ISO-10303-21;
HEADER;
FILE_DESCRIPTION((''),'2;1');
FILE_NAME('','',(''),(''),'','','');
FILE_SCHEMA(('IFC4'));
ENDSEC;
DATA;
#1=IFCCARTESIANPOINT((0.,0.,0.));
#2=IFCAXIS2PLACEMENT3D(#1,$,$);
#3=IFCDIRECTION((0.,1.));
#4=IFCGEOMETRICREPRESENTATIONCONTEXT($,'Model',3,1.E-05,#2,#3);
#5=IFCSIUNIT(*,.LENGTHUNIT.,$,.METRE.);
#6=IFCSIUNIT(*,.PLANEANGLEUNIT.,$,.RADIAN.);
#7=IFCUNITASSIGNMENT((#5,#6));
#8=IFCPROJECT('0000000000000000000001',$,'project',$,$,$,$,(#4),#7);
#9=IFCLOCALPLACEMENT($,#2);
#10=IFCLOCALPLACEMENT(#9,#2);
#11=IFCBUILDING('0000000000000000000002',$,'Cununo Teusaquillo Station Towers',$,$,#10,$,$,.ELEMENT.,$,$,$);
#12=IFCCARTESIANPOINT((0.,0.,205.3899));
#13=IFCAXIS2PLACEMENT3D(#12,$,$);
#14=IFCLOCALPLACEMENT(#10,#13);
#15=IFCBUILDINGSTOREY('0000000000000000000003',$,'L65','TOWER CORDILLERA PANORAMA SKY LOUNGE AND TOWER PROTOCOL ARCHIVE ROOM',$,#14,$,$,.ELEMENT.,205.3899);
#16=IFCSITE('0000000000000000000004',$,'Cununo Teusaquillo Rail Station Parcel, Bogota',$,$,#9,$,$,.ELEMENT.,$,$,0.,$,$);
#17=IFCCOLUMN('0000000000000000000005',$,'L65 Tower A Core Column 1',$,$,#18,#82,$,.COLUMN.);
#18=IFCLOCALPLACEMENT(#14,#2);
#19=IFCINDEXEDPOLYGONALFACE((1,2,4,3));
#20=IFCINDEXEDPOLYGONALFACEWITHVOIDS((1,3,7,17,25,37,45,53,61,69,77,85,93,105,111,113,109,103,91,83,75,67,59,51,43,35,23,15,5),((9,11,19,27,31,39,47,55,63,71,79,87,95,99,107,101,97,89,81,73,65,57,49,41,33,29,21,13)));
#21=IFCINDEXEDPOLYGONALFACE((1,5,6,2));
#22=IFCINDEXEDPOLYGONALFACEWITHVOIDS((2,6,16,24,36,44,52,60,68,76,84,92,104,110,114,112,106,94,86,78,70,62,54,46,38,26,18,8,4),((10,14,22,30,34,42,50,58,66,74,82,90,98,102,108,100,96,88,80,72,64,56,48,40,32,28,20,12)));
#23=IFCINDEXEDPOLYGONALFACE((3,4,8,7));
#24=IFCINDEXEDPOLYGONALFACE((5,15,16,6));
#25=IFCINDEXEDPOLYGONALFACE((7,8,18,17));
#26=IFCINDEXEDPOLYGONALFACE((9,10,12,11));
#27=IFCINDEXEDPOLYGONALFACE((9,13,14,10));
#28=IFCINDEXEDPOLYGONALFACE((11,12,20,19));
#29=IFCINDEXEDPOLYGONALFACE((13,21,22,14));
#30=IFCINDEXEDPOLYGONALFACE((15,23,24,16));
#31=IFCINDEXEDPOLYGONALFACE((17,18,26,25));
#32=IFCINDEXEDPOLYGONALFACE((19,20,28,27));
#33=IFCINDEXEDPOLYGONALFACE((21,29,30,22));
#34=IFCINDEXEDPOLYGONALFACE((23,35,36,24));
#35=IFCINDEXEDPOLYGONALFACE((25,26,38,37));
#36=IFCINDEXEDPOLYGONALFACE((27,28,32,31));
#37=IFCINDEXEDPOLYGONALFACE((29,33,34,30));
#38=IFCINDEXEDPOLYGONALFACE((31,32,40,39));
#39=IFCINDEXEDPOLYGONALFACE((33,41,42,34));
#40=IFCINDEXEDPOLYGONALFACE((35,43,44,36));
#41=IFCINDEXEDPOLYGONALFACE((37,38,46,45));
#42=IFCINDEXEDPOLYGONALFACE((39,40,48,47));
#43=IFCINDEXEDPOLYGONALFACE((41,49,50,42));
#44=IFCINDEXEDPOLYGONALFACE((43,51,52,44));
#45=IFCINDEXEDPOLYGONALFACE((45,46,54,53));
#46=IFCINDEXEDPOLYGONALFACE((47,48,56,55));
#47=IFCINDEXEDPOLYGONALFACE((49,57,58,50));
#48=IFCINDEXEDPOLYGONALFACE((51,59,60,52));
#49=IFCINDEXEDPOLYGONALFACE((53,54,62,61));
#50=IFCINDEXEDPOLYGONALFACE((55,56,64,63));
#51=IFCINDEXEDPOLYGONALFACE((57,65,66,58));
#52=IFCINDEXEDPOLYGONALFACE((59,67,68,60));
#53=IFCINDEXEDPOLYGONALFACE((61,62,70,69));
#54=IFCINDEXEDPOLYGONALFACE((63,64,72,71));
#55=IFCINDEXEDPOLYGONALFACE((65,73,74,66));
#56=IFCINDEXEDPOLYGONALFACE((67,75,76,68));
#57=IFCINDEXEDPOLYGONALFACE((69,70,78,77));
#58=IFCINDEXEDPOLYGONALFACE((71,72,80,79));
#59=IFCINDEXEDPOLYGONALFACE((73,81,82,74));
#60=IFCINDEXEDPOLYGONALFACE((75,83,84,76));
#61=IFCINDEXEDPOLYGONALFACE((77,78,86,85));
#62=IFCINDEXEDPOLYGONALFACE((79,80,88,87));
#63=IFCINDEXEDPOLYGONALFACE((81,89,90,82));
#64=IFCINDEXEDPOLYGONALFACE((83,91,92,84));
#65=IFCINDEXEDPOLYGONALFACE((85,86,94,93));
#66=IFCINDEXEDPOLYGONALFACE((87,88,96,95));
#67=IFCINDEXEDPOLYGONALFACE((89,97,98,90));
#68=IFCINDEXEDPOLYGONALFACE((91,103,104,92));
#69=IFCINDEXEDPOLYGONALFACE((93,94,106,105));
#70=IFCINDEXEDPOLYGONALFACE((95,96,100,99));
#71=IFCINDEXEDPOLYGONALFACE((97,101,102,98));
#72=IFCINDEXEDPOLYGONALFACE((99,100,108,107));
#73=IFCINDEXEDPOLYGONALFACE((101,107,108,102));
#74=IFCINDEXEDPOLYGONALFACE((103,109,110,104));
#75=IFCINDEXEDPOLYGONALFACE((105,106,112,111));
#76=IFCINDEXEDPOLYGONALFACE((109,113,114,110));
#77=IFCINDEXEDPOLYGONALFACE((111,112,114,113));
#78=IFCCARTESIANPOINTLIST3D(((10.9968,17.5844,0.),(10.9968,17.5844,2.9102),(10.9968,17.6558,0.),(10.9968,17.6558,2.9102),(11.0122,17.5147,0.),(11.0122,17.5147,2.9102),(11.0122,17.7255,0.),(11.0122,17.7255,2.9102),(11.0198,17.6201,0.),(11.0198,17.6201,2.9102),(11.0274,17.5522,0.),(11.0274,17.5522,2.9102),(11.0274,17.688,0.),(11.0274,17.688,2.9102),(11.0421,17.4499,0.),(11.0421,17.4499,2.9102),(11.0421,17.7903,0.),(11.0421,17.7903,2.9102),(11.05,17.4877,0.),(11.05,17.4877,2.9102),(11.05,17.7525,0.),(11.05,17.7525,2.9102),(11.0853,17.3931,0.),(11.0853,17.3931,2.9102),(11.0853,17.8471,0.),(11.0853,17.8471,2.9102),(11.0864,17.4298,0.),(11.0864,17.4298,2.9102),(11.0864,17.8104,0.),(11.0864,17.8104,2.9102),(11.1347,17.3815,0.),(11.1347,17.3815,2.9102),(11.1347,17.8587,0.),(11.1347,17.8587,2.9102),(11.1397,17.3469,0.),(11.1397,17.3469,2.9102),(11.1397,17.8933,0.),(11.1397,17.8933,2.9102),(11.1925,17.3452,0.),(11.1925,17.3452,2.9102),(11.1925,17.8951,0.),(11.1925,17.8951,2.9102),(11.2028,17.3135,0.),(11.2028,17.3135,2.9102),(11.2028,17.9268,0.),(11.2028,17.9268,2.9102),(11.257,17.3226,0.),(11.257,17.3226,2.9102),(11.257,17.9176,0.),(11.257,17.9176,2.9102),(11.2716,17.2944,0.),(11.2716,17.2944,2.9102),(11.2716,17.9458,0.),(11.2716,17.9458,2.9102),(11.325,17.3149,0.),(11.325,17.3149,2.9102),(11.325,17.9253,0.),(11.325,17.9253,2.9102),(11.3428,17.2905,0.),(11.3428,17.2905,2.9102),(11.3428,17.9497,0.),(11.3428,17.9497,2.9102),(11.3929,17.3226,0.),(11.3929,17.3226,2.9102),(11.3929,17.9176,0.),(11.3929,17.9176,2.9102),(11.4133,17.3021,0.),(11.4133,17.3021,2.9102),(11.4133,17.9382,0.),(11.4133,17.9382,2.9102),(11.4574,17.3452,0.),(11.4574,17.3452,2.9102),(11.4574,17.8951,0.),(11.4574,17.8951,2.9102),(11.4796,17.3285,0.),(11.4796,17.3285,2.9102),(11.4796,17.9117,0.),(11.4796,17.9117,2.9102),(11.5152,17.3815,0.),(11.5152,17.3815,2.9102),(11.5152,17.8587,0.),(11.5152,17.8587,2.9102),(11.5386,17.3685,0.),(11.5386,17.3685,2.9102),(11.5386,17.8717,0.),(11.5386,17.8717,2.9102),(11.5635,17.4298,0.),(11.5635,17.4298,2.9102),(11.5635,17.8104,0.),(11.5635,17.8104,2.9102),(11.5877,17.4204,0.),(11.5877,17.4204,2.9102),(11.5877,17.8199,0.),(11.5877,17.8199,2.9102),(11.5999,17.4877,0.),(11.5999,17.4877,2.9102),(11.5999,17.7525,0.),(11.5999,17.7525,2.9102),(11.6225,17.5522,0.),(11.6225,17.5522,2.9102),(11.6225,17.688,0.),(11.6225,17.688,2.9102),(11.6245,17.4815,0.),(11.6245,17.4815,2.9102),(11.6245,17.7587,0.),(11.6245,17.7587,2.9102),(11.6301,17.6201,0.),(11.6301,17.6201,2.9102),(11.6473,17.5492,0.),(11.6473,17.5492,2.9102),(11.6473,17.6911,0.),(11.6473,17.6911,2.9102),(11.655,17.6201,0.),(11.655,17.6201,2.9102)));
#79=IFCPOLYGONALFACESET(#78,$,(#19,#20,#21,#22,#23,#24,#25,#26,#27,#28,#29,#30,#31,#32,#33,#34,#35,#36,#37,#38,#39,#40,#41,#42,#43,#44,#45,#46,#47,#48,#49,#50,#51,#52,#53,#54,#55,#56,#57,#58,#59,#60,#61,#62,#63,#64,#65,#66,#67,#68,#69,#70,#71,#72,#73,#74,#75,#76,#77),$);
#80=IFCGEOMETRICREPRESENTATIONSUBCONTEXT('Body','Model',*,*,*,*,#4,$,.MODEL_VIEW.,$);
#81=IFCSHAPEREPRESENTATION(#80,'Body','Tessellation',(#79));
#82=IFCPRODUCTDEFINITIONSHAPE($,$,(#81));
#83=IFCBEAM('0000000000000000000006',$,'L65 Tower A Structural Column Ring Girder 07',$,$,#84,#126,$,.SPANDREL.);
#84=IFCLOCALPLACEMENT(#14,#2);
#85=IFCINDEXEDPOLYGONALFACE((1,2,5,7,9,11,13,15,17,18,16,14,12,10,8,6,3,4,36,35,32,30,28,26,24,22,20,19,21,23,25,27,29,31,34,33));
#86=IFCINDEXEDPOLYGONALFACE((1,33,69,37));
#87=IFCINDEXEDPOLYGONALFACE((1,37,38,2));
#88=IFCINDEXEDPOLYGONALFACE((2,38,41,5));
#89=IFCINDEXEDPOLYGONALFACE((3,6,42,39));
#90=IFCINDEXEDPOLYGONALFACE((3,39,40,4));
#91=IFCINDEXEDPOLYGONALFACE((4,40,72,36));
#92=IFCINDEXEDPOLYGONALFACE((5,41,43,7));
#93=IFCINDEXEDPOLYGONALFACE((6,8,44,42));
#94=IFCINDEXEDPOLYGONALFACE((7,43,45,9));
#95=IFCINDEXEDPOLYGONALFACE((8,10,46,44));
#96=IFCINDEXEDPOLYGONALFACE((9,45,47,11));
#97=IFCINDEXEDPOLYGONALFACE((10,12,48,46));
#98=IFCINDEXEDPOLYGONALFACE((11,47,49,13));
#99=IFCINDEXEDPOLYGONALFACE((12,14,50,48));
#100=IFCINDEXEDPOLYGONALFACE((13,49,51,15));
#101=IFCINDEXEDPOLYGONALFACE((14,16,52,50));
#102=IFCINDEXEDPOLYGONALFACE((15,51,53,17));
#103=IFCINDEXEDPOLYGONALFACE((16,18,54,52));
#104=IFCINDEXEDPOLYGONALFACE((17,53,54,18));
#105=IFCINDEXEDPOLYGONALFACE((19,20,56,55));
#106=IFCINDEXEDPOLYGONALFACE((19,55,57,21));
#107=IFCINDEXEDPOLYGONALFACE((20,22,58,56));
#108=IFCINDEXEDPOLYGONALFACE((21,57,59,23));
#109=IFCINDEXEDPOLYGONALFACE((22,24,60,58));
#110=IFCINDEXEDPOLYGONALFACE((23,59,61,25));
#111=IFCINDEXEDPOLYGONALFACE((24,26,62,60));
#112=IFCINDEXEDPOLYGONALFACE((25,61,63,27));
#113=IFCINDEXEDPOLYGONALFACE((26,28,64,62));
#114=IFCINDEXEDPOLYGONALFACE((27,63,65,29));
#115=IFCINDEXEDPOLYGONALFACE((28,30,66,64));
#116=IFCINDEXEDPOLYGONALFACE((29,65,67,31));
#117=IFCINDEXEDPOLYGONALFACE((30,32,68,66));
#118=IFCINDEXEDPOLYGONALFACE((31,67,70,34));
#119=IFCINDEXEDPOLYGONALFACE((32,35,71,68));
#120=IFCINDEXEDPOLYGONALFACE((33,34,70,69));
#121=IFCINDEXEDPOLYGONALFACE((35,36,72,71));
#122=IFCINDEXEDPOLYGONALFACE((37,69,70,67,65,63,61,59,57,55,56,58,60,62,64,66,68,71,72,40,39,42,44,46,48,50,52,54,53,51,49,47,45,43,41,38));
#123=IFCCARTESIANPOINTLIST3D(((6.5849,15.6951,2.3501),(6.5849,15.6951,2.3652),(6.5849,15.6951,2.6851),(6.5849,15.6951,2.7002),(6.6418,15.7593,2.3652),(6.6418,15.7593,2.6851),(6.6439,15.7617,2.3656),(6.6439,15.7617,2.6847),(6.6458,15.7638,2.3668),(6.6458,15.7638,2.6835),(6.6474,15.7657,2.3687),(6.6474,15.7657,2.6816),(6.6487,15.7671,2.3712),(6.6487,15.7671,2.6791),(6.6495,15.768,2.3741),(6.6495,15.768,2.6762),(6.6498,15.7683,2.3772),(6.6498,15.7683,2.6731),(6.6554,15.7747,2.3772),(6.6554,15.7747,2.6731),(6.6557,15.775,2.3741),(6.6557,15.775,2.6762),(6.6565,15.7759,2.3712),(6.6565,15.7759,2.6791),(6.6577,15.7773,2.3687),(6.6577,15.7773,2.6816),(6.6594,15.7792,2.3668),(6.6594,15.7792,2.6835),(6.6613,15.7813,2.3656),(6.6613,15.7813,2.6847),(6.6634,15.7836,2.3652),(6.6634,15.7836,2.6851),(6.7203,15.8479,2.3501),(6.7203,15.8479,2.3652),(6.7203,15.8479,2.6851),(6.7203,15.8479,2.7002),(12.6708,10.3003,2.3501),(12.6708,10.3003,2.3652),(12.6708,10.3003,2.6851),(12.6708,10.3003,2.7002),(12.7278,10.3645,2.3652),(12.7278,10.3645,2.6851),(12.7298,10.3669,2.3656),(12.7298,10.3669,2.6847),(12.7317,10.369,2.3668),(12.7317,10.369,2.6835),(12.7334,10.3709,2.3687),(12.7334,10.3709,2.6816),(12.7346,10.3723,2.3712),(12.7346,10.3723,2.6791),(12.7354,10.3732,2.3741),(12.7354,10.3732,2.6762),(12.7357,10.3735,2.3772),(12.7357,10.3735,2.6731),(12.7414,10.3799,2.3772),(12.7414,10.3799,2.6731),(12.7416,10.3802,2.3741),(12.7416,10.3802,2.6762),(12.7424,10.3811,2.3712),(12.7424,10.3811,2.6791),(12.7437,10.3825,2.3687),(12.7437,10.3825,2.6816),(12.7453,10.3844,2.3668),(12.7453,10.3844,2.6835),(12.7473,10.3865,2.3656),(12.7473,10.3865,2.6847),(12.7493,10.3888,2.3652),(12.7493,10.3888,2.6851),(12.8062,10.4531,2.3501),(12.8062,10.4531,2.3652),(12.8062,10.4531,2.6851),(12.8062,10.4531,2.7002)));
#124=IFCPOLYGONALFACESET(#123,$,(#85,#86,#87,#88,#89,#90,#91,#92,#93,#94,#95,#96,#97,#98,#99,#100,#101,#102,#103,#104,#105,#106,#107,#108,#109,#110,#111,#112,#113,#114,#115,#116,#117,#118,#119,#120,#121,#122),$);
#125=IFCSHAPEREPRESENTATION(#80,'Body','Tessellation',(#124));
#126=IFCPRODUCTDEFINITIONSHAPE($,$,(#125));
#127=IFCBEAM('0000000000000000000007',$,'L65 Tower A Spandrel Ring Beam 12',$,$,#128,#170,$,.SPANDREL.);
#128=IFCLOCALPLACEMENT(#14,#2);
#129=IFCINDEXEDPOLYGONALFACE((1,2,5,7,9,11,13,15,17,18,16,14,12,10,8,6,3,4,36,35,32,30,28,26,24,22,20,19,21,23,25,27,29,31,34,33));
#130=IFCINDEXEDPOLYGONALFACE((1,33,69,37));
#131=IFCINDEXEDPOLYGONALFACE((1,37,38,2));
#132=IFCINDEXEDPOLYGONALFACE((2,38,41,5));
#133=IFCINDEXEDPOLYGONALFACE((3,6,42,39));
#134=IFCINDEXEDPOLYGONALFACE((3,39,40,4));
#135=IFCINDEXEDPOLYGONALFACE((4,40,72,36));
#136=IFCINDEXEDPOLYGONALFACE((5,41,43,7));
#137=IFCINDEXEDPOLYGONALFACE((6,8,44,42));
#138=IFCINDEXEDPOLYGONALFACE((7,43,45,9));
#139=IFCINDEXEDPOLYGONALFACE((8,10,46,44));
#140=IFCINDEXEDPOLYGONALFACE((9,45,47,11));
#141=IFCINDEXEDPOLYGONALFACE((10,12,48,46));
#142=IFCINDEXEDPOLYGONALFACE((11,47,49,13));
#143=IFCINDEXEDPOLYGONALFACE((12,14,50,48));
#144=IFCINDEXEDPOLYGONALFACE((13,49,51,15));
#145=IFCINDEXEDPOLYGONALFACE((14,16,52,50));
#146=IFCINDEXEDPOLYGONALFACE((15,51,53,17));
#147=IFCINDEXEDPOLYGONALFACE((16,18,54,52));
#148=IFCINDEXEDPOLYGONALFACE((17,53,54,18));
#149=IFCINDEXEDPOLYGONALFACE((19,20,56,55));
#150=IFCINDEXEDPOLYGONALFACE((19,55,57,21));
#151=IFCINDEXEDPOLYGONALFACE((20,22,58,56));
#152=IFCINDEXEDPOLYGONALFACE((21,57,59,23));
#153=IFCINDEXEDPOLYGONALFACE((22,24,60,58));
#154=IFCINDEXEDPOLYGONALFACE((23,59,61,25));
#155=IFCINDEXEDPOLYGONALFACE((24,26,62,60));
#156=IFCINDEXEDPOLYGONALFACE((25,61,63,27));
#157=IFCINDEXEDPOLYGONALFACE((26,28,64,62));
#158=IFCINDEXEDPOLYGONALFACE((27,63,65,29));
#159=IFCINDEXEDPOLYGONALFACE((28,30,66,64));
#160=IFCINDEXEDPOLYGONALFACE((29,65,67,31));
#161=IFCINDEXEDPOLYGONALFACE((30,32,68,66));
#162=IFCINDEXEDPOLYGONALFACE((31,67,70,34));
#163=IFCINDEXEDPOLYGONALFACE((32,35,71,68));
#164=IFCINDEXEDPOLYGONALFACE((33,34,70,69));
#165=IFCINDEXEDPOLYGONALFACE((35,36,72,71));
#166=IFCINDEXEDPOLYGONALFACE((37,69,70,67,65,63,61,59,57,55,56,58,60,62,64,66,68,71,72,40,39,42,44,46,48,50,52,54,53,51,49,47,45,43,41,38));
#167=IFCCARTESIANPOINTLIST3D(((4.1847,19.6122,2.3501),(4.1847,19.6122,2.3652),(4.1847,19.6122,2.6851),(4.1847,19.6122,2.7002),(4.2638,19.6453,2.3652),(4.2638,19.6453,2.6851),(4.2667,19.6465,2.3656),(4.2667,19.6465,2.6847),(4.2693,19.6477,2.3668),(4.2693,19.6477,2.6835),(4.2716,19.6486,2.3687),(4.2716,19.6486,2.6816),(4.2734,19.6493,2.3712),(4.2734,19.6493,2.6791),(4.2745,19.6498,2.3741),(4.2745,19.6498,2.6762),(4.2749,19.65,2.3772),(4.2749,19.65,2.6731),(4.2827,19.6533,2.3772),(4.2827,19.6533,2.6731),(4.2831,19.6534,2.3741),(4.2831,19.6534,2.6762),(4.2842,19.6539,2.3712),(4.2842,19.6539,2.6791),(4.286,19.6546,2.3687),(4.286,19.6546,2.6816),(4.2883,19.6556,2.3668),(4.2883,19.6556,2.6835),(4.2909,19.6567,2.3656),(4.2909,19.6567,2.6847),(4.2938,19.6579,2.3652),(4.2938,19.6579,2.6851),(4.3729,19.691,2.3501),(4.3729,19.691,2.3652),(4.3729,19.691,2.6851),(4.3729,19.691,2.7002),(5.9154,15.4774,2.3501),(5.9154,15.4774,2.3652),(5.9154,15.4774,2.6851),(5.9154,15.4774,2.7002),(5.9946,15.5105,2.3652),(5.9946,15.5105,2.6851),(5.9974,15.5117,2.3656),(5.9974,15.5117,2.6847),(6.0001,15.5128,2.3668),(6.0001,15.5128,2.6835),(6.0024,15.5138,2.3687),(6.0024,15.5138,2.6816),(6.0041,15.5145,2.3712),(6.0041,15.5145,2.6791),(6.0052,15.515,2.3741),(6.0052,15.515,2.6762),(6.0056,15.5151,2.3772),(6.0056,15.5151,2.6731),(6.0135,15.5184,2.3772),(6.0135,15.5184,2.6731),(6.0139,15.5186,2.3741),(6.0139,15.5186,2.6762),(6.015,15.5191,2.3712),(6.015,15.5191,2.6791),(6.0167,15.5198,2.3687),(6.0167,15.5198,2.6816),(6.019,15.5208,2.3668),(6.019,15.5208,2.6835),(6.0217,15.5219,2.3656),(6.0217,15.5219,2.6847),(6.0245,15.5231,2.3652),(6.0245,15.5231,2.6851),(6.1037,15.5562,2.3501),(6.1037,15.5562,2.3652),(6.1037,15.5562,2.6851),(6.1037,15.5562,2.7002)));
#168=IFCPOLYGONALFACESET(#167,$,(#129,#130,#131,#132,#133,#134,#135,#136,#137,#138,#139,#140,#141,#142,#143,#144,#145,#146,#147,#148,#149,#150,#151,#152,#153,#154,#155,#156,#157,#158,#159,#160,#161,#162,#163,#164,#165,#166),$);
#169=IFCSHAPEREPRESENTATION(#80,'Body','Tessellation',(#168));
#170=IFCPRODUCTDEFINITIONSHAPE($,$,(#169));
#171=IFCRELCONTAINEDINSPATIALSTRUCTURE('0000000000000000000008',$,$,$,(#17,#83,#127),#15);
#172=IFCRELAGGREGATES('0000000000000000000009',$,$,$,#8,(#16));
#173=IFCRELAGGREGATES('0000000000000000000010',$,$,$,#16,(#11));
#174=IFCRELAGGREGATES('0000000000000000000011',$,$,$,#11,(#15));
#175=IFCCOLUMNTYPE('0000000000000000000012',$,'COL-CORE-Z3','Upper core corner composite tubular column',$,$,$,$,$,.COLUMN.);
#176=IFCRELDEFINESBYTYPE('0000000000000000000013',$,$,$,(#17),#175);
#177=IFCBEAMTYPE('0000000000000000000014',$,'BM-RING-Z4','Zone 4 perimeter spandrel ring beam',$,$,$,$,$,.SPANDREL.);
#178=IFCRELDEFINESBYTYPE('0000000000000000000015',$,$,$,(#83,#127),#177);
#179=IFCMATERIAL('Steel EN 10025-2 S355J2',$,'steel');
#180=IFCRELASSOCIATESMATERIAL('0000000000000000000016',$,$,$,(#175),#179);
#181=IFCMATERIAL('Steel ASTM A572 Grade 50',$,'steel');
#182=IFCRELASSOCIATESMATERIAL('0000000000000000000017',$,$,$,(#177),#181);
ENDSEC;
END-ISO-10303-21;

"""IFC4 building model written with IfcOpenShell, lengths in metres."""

from ifc_helpers import new_model, si_unit, direction, frame, origin, origin_2d, place, context, subcontext, project, spatial, hollow_circle, i_section, extrude, material, material_profile, profile_set, type_object, element, save


model = new_model("IFC4")

# Units and contexts
model_context = context("Model", 3, precision=1e-05, world=origin(), true_north=direction((0.0, 1.0)))
body_context = subcontext(model_context, "Body", "Model", "MODEL_VIEW")
ifc_project = project(units=[si_unit("LENGTHUNIT", "METRE"), si_unit("PLANEANGLEUNIT", "RADIAN")], contexts=[model_context])

# Site, building, storey
site_placement = place(None, origin())
site = spatial("IfcSite", under=ifc_project, at=site_placement, Name="Cununo Teusaquillo Rail Station Parcel, Bogota", CompositionType="ELEMENT", RefElevation=0.0)
building_placement = place(site_placement, origin())
building = spatial("IfcBuilding", under=site, at=building_placement, Name="Cununo Teusaquillo Station Towers", CompositionType="ELEMENT")
storey_placement = place(building_placement, frame((0.0, 0.0, 205.3899)))
storey = spatial("IfcBuildingStorey", under=building, at=storey_placement, Name="L65", Description="TOWER CORDILLERA PANORAMA SKY LOUNGE AND TOWER PROTOCOL ARCHIVE ROOM", CompositionType="ELEMENT", Elevation=205.3899)

# Column
ifc_material_1 = material(Name="Steel EN 10025-2 S355J2", Category="steel")
ifc_material_profile_1 = material_profile(ifc_material_1, hollow_circle(Radius=0.3301, WallThickness=0.0249, at=origin_2d()), Name="CHS 660x25")
ifc_profile_set_1 = profile_set([ifc_material_profile_1], Name="Steel EN 10025-2 S355J2")
column_type = type_object("IfcColumnType", Name="COL-CORE-Z3", Description="Upper core corner composite tubular column", PredefinedType="COLUMN", material=ifc_profile_set_1)
column_placement = place(storey_placement, frame((11.325, 17.6201, 0.0), z_axis=(0.0, 0.0, 1.0), x_axis=(1.0, 0.0, 0.0)))
element("IfcColumn", 1, at=column_placement, inside=storey, type_object=column_type, Name="L65 Tower A Core Column 1", PredefinedType="COLUMN", context=body_context, shape_type="SweptSolid", body=[
    extrude(hollow_circle(Radius=0.3301, WallThickness=0.0249, at=origin_2d()), origin(), (0.0, 0.0, 1.0), 2.9102),
])

# Beams
ifc_material_2 = material(Name="Steel ASTM A572 Grade 50", Category="steel")
ifc_material_profile_2 = material_profile(ifc_material_2, i_section(OverallWidth=0.2041, OverallDepth=0.3501, WebThickness=0.0085, FlangeThickness=0.0151, FilletRadius=0.012, at=origin_2d()), Name="W14X48")
ifc_profile_set_2 = profile_set([ifc_material_profile_2], Name="Steel ASTM A572 Grade 50")
beam_type = type_object("IfcBeamType", Name="BM-RING-Z4", Description="Zone 4 perimeter spandrel ring beam", PredefinedType="SPANDREL", material=ifc_profile_set_2)
beam_1_placement = place(storey_placement, frame((6.6526, 15.7715, 2.5251), z_axis=(0.748321, -0.663337, 0.0), x_axis=(0.663337, 0.748321, 0.0)))
element("IfcBeam", 2, at=beam_1_placement, inside=storey, type_object=beam_type, Name="L65 Tower A Structural Column Ring Girder 07", PredefinedType="SPANDREL", context=body_context, shape_type="SweptSolid", body=[
    extrude(i_section(OverallWidth=0.2041, OverallDepth=0.3501, WebThickness=0.0085, FlangeThickness=0.0151, FilletRadius=0.012, at=origin_2d()), origin(), (0.0, 0.0, 1.0), 8.1328),
])
beam_2_placement = place(storey_placement, frame((4.2788, 19.6516, 2.5251), z_axis=(0.386115, -0.92245, 0.0), x_axis=(0.92245, 0.386115, 0.0)))
element("IfcBeam", 3, at=beam_2_placement, inside=storey, type_object=beam_type, Name="L65 Tower A Spandrel Ring Beam 12", PredefinedType="SPANDREL", context=body_context, shape_type="SweptSolid", body=[
    extrude(i_section(OverallWidth=0.2041, OverallDepth=0.3501, WebThickness=0.0085, FlangeThickness=0.0151, FilletRadius=0.012, at=origin_2d()), origin(), (0.0, 0.0, 1.0), 4.4824),
])

save(model, "model.ifc")
